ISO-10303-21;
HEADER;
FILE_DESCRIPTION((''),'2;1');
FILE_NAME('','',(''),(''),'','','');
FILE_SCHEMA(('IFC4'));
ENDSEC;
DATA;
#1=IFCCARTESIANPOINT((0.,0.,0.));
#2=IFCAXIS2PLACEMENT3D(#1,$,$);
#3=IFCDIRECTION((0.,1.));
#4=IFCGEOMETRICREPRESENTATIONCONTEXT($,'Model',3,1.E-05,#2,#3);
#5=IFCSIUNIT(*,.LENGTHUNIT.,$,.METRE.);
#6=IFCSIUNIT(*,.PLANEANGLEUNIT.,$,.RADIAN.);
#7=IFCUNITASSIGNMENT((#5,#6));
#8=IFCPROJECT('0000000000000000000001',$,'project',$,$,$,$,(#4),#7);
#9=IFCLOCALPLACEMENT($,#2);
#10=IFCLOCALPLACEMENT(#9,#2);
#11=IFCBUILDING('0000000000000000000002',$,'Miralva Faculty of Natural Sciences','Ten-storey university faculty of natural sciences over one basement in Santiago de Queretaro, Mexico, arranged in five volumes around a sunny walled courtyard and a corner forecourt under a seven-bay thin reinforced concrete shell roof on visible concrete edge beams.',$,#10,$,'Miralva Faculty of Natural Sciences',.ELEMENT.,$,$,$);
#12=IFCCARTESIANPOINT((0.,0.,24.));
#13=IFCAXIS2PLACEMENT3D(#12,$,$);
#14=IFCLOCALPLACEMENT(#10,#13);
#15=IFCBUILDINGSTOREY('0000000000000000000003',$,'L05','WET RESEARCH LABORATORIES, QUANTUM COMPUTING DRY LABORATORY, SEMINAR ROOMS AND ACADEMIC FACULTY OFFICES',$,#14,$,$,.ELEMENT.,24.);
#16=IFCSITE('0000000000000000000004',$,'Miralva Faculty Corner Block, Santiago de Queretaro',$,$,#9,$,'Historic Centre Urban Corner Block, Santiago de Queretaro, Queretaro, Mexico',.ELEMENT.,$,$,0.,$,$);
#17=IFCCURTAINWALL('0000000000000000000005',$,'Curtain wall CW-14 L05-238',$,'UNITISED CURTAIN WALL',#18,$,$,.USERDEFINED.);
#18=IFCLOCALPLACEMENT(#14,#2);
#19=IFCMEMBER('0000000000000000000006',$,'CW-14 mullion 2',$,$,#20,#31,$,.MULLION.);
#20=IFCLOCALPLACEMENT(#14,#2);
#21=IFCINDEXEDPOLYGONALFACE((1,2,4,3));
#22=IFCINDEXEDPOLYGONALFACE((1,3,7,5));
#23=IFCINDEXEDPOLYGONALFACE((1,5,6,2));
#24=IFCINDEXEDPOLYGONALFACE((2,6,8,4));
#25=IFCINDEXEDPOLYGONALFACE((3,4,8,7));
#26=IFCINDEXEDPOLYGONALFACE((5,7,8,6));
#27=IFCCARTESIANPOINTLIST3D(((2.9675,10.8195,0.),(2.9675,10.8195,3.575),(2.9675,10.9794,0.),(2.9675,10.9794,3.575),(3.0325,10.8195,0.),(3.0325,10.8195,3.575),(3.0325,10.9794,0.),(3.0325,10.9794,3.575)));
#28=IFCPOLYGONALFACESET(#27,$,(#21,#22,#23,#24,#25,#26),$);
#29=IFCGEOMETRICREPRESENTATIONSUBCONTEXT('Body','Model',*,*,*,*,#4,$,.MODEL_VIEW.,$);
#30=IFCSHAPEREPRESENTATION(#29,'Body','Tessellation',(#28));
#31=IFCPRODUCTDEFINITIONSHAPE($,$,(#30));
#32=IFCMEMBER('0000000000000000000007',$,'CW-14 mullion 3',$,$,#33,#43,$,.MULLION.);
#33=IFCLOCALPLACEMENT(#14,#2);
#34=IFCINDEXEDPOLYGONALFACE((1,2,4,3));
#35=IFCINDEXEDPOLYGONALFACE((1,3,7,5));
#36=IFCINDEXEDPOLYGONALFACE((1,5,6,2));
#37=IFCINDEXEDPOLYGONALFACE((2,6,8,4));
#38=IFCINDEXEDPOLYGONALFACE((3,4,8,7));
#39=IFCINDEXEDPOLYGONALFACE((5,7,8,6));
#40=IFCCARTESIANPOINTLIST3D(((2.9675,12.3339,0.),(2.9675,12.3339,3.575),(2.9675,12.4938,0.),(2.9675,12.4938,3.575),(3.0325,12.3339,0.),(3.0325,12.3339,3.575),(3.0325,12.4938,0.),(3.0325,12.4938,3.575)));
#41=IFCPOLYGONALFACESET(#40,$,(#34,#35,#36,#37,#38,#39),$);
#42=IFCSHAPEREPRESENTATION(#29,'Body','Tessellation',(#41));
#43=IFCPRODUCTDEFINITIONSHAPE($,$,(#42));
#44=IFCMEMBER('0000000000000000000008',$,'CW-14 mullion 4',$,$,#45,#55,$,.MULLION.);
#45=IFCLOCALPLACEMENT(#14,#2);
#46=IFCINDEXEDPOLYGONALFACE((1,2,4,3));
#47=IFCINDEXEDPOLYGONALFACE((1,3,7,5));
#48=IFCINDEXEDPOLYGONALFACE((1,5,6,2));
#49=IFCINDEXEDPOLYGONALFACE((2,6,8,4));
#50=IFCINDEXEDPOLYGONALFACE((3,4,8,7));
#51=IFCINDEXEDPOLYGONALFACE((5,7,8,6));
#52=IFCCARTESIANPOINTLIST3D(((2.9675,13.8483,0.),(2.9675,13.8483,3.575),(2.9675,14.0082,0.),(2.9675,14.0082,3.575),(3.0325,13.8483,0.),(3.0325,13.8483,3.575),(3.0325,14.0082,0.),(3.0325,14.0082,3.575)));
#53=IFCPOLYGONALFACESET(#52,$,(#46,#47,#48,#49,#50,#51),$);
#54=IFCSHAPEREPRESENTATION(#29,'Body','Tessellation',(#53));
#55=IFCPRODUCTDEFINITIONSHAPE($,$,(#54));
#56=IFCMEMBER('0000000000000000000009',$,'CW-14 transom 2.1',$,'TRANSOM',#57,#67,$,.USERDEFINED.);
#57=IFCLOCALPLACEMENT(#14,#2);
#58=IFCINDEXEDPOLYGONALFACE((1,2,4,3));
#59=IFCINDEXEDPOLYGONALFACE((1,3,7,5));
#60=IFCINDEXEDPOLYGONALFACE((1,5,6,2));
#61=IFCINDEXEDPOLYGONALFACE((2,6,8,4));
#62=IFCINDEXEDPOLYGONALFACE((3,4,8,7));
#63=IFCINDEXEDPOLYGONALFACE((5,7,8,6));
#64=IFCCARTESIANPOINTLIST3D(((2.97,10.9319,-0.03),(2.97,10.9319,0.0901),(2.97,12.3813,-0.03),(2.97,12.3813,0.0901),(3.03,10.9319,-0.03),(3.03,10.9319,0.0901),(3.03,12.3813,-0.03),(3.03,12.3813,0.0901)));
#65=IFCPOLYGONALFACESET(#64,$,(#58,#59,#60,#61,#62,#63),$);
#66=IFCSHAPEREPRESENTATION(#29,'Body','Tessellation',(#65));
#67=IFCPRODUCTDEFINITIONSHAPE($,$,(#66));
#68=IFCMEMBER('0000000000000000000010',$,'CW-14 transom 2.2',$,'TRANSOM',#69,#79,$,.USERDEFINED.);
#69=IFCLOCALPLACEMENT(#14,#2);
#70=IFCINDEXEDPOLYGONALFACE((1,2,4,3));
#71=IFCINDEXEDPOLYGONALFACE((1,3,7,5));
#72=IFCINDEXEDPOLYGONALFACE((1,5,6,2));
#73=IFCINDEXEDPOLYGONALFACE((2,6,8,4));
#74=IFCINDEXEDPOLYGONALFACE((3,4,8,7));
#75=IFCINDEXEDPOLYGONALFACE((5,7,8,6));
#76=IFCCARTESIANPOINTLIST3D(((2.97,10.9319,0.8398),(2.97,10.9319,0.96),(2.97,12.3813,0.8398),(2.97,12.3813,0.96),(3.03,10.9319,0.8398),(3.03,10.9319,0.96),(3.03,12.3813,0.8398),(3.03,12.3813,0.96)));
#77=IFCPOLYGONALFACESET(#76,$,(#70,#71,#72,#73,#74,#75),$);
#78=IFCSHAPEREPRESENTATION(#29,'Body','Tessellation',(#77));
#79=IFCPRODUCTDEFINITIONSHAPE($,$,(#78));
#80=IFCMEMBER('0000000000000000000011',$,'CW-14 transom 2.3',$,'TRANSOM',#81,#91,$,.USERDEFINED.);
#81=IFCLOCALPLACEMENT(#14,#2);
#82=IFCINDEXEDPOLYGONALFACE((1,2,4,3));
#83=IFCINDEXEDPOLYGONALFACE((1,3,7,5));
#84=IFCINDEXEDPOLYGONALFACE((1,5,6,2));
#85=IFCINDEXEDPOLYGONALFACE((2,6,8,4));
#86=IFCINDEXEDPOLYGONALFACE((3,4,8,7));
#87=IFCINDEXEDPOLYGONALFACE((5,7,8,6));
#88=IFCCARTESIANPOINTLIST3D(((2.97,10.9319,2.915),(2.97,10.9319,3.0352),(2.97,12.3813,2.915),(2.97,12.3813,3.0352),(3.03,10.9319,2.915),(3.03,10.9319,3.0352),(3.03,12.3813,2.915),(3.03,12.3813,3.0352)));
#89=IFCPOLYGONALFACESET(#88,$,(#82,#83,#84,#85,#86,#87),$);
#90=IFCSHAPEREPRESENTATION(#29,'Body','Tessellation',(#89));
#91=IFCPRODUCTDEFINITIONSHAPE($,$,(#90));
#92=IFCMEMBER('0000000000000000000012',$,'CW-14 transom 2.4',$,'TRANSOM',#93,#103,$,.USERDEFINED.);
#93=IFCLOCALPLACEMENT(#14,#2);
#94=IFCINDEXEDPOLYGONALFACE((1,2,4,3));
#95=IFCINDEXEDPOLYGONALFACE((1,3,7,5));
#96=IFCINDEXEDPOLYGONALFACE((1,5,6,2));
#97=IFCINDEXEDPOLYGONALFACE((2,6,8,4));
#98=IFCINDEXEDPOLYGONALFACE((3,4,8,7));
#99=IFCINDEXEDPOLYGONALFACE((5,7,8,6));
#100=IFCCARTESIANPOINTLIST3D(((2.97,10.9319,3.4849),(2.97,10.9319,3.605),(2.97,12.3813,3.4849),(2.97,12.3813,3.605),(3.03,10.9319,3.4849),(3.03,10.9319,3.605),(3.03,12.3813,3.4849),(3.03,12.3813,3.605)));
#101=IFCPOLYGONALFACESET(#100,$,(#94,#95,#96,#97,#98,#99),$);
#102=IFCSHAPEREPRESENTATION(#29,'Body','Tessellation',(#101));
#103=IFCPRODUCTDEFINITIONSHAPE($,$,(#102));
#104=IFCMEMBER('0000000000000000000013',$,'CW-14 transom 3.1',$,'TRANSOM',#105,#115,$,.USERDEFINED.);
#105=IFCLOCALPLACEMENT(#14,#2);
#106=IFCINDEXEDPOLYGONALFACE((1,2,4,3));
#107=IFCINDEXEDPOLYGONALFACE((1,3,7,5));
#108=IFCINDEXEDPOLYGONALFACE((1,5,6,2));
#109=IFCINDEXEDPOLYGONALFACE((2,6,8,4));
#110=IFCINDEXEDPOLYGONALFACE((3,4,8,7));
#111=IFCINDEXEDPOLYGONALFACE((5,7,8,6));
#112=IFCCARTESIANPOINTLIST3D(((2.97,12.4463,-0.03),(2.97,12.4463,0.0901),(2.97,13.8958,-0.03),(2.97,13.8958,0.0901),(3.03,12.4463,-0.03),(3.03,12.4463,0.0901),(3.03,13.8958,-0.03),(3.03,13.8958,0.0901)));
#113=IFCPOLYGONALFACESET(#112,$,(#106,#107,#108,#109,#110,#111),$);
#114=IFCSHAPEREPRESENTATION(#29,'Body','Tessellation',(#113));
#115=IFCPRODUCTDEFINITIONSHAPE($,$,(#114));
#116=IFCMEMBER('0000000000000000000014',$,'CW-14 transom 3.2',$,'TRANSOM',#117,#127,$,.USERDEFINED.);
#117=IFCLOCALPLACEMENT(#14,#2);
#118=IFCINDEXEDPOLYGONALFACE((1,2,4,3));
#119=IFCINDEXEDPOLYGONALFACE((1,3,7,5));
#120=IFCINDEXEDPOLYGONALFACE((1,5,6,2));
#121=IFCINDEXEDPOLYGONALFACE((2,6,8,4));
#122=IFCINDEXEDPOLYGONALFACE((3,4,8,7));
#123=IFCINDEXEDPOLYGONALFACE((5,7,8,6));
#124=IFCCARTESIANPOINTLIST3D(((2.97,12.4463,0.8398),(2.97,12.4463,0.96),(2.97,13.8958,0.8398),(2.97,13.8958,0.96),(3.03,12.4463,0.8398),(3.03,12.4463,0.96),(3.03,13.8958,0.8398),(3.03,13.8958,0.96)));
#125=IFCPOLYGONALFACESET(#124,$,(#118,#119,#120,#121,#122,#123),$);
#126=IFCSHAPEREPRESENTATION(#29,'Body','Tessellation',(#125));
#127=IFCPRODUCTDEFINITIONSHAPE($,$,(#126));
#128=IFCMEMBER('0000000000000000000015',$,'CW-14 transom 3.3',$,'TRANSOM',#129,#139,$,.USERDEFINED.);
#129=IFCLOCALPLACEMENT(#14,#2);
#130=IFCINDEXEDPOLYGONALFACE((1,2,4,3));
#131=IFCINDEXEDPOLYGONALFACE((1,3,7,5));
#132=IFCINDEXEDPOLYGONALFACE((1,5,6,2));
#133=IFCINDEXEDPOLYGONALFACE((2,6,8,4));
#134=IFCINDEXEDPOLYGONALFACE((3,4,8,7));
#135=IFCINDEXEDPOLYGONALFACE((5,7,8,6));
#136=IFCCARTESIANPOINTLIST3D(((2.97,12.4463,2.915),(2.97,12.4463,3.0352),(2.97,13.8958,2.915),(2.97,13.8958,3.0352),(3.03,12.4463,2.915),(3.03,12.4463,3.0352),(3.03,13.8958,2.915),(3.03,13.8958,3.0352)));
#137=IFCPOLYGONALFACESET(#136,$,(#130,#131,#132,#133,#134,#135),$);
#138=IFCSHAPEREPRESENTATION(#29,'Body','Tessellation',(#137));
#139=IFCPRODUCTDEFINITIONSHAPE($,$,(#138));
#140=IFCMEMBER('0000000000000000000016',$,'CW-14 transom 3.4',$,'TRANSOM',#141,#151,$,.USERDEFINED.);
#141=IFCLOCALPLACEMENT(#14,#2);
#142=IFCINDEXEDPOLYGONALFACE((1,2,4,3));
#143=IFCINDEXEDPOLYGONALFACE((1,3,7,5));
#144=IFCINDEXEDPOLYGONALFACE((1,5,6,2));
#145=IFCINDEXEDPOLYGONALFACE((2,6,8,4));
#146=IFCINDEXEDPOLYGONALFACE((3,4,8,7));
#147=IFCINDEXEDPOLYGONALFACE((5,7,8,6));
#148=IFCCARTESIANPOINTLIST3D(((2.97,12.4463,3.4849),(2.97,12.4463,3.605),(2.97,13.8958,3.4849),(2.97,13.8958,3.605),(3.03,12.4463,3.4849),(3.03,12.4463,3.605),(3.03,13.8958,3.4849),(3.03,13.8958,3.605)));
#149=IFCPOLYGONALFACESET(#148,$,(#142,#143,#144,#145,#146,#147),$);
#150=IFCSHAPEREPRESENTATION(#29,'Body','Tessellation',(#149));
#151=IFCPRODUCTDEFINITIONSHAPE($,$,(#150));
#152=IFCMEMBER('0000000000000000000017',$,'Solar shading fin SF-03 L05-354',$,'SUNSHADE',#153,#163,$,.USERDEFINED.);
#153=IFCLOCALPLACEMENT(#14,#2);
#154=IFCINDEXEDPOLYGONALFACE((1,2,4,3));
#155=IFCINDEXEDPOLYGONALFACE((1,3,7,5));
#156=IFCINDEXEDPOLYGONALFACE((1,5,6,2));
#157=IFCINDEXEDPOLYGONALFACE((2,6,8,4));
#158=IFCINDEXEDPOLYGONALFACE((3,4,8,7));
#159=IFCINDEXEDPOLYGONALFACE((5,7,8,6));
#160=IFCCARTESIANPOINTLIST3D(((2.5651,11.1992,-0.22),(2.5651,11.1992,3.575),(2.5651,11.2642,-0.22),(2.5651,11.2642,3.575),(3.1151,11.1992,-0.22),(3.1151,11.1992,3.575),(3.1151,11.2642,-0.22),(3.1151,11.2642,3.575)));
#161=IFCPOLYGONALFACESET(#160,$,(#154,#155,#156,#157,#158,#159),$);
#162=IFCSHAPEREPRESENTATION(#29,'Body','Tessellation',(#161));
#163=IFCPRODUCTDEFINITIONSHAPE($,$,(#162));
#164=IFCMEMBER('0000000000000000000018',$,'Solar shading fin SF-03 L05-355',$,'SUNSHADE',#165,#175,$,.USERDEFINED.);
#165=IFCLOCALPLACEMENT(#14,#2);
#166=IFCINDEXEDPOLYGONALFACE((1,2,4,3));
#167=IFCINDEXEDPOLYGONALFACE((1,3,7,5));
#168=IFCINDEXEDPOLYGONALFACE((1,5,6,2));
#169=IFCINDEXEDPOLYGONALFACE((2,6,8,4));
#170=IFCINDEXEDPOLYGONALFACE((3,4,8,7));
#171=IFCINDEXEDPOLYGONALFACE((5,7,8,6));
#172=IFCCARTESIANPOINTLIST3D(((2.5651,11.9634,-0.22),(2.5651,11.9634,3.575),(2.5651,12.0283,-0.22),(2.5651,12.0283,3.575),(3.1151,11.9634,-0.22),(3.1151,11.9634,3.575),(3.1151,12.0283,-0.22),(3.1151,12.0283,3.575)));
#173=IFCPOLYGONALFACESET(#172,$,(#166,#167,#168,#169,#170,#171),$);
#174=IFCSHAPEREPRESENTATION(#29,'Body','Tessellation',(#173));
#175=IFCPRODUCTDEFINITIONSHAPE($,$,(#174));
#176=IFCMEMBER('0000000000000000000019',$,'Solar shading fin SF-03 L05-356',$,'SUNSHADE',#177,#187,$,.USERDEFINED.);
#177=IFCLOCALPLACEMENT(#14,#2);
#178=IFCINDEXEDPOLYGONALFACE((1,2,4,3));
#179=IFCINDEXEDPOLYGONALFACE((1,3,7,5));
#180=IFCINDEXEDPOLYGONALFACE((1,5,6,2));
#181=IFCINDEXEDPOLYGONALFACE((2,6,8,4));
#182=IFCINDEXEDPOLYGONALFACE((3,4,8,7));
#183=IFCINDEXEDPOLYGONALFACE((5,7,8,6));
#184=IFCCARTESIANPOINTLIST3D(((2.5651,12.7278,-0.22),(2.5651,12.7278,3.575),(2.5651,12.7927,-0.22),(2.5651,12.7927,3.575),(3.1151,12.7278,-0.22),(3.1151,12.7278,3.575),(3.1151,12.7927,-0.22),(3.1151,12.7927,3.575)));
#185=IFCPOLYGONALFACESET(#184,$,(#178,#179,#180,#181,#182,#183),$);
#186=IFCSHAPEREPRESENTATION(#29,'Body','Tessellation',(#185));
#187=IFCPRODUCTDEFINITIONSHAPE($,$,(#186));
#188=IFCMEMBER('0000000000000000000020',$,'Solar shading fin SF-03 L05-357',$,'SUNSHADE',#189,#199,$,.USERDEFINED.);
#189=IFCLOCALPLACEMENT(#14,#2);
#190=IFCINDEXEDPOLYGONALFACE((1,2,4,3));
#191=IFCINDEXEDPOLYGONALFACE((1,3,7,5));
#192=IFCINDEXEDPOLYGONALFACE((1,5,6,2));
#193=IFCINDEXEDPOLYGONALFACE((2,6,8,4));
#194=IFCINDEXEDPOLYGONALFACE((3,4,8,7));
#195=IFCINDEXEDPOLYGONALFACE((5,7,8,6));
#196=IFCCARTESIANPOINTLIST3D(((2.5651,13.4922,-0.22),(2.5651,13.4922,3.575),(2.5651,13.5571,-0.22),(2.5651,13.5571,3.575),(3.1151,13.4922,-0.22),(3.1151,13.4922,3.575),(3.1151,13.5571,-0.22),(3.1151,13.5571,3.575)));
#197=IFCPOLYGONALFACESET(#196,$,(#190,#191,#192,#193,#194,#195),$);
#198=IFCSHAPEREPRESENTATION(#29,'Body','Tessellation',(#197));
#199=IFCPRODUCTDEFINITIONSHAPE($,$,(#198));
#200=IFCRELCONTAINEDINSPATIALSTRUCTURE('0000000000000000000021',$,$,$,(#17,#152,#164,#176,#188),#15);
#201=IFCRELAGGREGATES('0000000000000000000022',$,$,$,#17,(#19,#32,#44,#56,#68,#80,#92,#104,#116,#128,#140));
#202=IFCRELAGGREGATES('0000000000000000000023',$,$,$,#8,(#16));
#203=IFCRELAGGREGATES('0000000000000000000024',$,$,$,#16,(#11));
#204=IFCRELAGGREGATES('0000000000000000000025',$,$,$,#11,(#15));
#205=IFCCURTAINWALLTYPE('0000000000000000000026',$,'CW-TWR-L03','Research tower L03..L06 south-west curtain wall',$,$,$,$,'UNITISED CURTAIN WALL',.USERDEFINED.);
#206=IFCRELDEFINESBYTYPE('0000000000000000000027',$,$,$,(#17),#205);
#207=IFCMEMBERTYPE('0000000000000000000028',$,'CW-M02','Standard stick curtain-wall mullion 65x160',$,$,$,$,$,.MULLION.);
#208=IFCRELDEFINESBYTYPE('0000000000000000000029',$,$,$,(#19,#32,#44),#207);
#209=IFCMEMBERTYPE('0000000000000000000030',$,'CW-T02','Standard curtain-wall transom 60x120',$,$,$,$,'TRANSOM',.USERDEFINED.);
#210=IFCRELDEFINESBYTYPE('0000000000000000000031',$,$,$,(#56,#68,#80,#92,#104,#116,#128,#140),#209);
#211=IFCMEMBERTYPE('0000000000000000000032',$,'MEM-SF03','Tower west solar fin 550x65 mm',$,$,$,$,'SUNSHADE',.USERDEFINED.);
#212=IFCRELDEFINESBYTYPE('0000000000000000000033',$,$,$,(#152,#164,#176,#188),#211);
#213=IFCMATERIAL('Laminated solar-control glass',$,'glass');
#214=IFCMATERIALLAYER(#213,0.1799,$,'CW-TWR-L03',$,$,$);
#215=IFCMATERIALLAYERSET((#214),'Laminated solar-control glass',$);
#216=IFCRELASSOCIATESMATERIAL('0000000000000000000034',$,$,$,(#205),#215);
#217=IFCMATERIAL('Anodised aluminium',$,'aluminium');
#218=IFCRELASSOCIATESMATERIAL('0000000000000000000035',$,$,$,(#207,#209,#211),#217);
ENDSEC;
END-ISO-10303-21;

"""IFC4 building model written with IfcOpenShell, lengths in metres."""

from ifc_helpers import new_model, si_unit, direction, frame, origin, origin_2d, place, context, subcontext, project, spatial, rectangle, extrude, material, layer, layer_set, material_profile, profile_set, type_object, element, aggregate, save


model = new_model("IFC4")

# Units and contexts
model_context = context("Model", 3, precision=1e-05, world=origin(), true_north=direction((0.0, 1.0)))
body_context = subcontext(model_context, "Body", "Model", "MODEL_VIEW")
ifc_project = project(units=[si_unit("LENGTHUNIT", "METRE"), si_unit("PLANEANGLEUNIT", "RADIAN")], contexts=[model_context])

# Site, building, storey
site_placement = place(None, origin())
site = spatial("IfcSite", under=ifc_project, at=site_placement, Name="Miralva Faculty Corner Block, Santiago de Queretaro", LongName="Historic Centre Urban Corner Block, Santiago de Queretaro, Queretaro, Mexico", CompositionType="ELEMENT", RefElevation=0.0)
building_placement = place(site_placement, origin())
building = spatial("IfcBuilding", under=site, at=building_placement, Name="Miralva Faculty of Natural Sciences", Description="Ten-storey university faculty of natural sciences over one basement in Santiago de Queretaro, Mexico, arranged in five volumes around a sunny walled courtyard and a corner forecourt under a seven-bay thin reinforced concrete shell roof on visible concrete edge beams.", LongName="Miralva Faculty of Natural Sciences", CompositionType="ELEMENT")
storey_placement = place(building_placement, frame((0.0, 0.0, 24.0)))
storey = spatial("IfcBuildingStorey", under=building, at=storey_placement, Name="L05", Description="WET RESEARCH LABORATORIES, QUANTUM COMPUTING DRY LABORATORY, SEMINAR ROOMS AND ACADEMIC FACULTY OFFICES", CompositionType="ELEMENT", Elevation=24.0)

# Curtain wall, members
ifc_material_1 = material(Name="Laminated solar-control glass", Category="glass")
ifc_layer_1 = layer(ifc_material_1, 0.1799, Name="CW-TWR-L03")
ifc_layer_set_1 = layer_set([ifc_layer_1], Name="Laminated solar-control glass")
curtain_wall_type = type_object("IfcCurtainWallType", Name="CW-TWR-L03", Description="Research tower L03..L06 south-west curtain wall", ElementType="UNITISED CURTAIN WALL", PredefinedType="USERDEFINED", material=ifc_layer_set_1)
curtain_wall_placement = place(storey_placement, origin())
curtain_wall = element("IfcCurtainWall", 1, at=curtain_wall_placement, inside=storey, type_object=curtain_wall_type, Name="Curtain wall CW-14 L05-238", ObjectType="UNITISED CURTAIN WALL", PredefinedType="USERDEFINED")
ifc_material_2 = material(Name="Anodised aluminium", Category="aluminium")
ifc_material_profile_1 = material_profile(ifc_material_2, rectangle(XDim=0.0649, YDim=0.1599, at=origin_2d()), Name="MULLION 65x160")
ifc_profile_set_1 = profile_set([ifc_material_profile_1], Name="Anodised aluminium")
member_type_1 = type_object("IfcMemberType", Name="CW-M02", Description="Standard stick curtain-wall mullion 65x160", PredefinedType="MULLION", material=ifc_profile_set_1)
member_1_placement = place(storey_placement, frame((3.0, 10.8994, 0.0), z_axis=(0.0, 0.0, 1.0), x_axis=(-1.0, 0.0, 0.0)))
member_1 = element("IfcMember", 2, at=member_1_placement, type_object=member_type_1, Name="CW-14 mullion 2", PredefinedType="MULLION", context=body_context, shape_type="SweptSolid", body=[
    extrude(rectangle(XDim=0.0649, YDim=0.1599, at=origin_2d()), origin(), (0.0, 0.0, 1.0), 3.575),
])
member_2_placement = place(storey_placement, frame((3.0, 12.4138, 0.0), z_axis=(0.0, 0.0, 1.0), x_axis=(-1.0, 0.0, 0.0)))
member_2 = element("IfcMember", 3, at=member_2_placement, type_object=member_type_1, Name="CW-14 mullion 3", PredefinedType="MULLION", context=body_context, shape_type="SweptSolid", body=[
    extrude(rectangle(XDim=0.0649, YDim=0.1599, at=origin_2d()), origin(), (0.0, 0.0, 1.0), 3.575),
])
member_3_placement = place(storey_placement, frame((3.0, 13.9282, 0.0), z_axis=(0.0, 0.0, 1.0), x_axis=(-1.0, 0.0, 0.0)))
member_3 = element("IfcMember", 4, at=member_3_placement, type_object=member_type_1, Name="CW-14 mullion 4", PredefinedType="MULLION", context=body_context, shape_type="SweptSolid", body=[
    extrude(rectangle(XDim=0.0649, YDim=0.1599, at=origin_2d()), origin(), (0.0, 0.0, 1.0), 3.575),
])
ifc_material_profile_2 = material_profile(ifc_material_2, rectangle(XDim=0.0601, YDim=0.1201, at=origin_2d()), Name="TRANSOM 60x120")
ifc_profile_set_2 = profile_set([ifc_material_profile_2], Name="Anodised aluminium")
member_type_2 = type_object("IfcMemberType", Name="CW-T02", Description="Standard curtain-wall transom 60x120", ElementType="TRANSOM", PredefinedType="USERDEFINED", material=ifc_profile_set_2)
member_4_placement = place(storey_placement, frame((3.0, 10.9319, 0.03), z_axis=(0.0, 1.0, 0.0), x_axis=(-1.0, 0.0, 0.0)))
member_4 = element("IfcMember", 5, at=member_4_placement, type_object=member_type_2, Name="CW-14 transom 2.1", ObjectType="TRANSOM", PredefinedType="USERDEFINED", context=body_context, shape_type="SweptSolid", body=[
    extrude(rectangle(XDim=0.0601, YDim=0.1201, at=origin_2d()), origin(), (0.0, 0.0, 1.0), 1.4495),
])
member_5_placement = place(storey_placement, frame((3.0, 10.9319, 0.8999), z_axis=(0.0, 1.0, 0.0), x_axis=(-1.0, 0.0, 0.0)))
member_5 = element("IfcMember", 6, at=member_5_placement, type_object=member_type_2, Name="CW-14 transom 2.2", ObjectType="TRANSOM", PredefinedType="USERDEFINED", context=body_context, shape_type="SweptSolid", body=[
    extrude(rectangle(XDim=0.0601, YDim=0.1201, at=origin_2d()), origin(), (0.0, 0.0, 1.0), 1.4495),
])
member_6_placement = place(storey_placement, frame((3.0, 10.9319, 2.9751), z_axis=(0.0, 1.0, 0.0), x_axis=(-1.0, 0.0, 0.0)))
member_6 = element("IfcMember", 7, at=member_6_placement, type_object=member_type_2, Name="CW-14 transom 2.3", ObjectType="TRANSOM", PredefinedType="USERDEFINED", context=body_context, shape_type="SweptSolid", body=[
    extrude(rectangle(XDim=0.0601, YDim=0.1201, at=origin_2d()), origin(), (0.0, 0.0, 1.0), 1.4495),
])
member_7_placement = place(storey_placement, frame((3.0, 10.9319, 3.5449), z_axis=(0.0, 1.0, 0.0), x_axis=(-1.0, 0.0, 0.0)))
member_7 = element("IfcMember", 8, at=member_7_placement, type_object=member_type_2, Name="CW-14 transom 2.4", ObjectType="TRANSOM", PredefinedType="USERDEFINED", context=body_context, shape_type="SweptSolid", body=[
    extrude(rectangle(XDim=0.0601, YDim=0.1201, at=origin_2d()), origin(), (0.0, 0.0, 1.0), 1.4495),
])
member_8_placement = place(storey_placement, frame((3.0, 12.4463, 0.03), z_axis=(0.0, 1.0, 0.0), x_axis=(-1.0, 0.0, 0.0)))
member_8 = element("IfcMember", 9, at=member_8_placement, type_object=member_type_2, Name="CW-14 transom 3.1", ObjectType="TRANSOM", PredefinedType="USERDEFINED", context=body_context, shape_type="SweptSolid", body=[
    extrude(rectangle(XDim=0.0601, YDim=0.1201, at=origin_2d()), origin(), (0.0, 0.0, 1.0), 1.4495),
])
member_9_placement = place(storey_placement, frame((3.0, 12.4463, 0.8999), z_axis=(0.0, 1.0, 0.0), x_axis=(-1.0, 0.0, 0.0)))
member_9 = element("IfcMember", 10, at=member_9_placement, type_object=member_type_2, Name="CW-14 transom 3.2", ObjectType="TRANSOM", PredefinedType="USERDEFINED", context=body_context, shape_type="SweptSolid", body=[
    extrude(rectangle(XDim=0.0601, YDim=0.1201, at=origin_2d()), origin(), (0.0, 0.0, 1.0), 1.4495),
])
member_10_placement = place(storey_placement, frame((3.0, 12.4463, 2.9751), z_axis=(0.0, 1.0, 0.0), x_axis=(-1.0, 0.0, 0.0)))
member_10 = element("IfcMember", 11, at=member_10_placement, type_object=member_type_2, Name="CW-14 transom 3.3", ObjectType="TRANSOM", PredefinedType="USERDEFINED", context=body_context, shape_type="SweptSolid", body=[
    extrude(rectangle(XDim=0.0601, YDim=0.1201, at=origin_2d()), origin(), (0.0, 0.0, 1.0), 1.4495),
])
member_11_placement = place(storey_placement, frame((3.0, 12.4463, 3.5449), z_axis=(0.0, 1.0, 0.0), x_axis=(-1.0, 0.0, 0.0)))
member_11 = element("IfcMember", 12, at=member_11_placement, type_object=member_type_2, Name="CW-14 transom 3.4", ObjectType="TRANSOM", PredefinedType="USERDEFINED", context=body_context, shape_type="SweptSolid", body=[
    extrude(rectangle(XDim=0.0601, YDim=0.1201, at=origin_2d()), origin(), (0.0, 0.0, 1.0), 1.4495),
])

# Members
ifc_material_profile_3 = material_profile(ifc_material_2, rectangle(XDim=0.0649, YDim=0.55, at=origin_2d()), Name="FIN 550x65")
ifc_profile_set_3 = profile_set([ifc_material_profile_3], Name="Anodised aluminium")
member_type_3 = type_object("IfcMemberType", Name="MEM-SF03", Description="Tower west solar fin 550x65 mm", ElementType="SUNSHADE", PredefinedType="USERDEFINED", material=ifc_profile_set_3)
for number, where, z_axis, x_axis, name in (
    (13, (2.8401, 11.2317, -0.22), (0.0, 0.0, 1.0), (0.0, -1.0, 0.0), "Solar shading fin SF-03 L05-354"),
    (14, (2.8401, 11.9958, -0.22), (0.0, 0.0, 1.0), (0.0, -1.0, 0.0), "Solar shading fin SF-03 L05-355"),
    (15, (2.8401, 12.7603, -0.22), (0.0, 0.0, 1.0), (0.0, -1.0, 0.0), "Solar shading fin SF-03 L05-356"),
    (16, (2.8401, 13.5247, -0.22), (0.0, 0.0, 1.0), (0.0, -1.0, 0.0), "Solar shading fin SF-03 L05-357"),
):
    element("IfcMember", number, at=place(storey_placement, frame(where, z_axis=z_axis, x_axis=x_axis)), inside=storey, type_object=member_type_3, Name=name, ObjectType="SUNSHADE", PredefinedType="USERDEFINED", context=body_context, shape_type="SweptSolid", body=[
        extrude(rectangle(XDim=0.0649, YDim=0.55, at=origin_2d()), origin(), (0.0, 0.0, 1.0), 3.7949),
    ])

aggregate(curtain_wall, [member_1, member_2, member_3, member_4, member_5, member_6, member_7, member_8, member_9, member_10, member_11])

save(model, "model.ifc")
